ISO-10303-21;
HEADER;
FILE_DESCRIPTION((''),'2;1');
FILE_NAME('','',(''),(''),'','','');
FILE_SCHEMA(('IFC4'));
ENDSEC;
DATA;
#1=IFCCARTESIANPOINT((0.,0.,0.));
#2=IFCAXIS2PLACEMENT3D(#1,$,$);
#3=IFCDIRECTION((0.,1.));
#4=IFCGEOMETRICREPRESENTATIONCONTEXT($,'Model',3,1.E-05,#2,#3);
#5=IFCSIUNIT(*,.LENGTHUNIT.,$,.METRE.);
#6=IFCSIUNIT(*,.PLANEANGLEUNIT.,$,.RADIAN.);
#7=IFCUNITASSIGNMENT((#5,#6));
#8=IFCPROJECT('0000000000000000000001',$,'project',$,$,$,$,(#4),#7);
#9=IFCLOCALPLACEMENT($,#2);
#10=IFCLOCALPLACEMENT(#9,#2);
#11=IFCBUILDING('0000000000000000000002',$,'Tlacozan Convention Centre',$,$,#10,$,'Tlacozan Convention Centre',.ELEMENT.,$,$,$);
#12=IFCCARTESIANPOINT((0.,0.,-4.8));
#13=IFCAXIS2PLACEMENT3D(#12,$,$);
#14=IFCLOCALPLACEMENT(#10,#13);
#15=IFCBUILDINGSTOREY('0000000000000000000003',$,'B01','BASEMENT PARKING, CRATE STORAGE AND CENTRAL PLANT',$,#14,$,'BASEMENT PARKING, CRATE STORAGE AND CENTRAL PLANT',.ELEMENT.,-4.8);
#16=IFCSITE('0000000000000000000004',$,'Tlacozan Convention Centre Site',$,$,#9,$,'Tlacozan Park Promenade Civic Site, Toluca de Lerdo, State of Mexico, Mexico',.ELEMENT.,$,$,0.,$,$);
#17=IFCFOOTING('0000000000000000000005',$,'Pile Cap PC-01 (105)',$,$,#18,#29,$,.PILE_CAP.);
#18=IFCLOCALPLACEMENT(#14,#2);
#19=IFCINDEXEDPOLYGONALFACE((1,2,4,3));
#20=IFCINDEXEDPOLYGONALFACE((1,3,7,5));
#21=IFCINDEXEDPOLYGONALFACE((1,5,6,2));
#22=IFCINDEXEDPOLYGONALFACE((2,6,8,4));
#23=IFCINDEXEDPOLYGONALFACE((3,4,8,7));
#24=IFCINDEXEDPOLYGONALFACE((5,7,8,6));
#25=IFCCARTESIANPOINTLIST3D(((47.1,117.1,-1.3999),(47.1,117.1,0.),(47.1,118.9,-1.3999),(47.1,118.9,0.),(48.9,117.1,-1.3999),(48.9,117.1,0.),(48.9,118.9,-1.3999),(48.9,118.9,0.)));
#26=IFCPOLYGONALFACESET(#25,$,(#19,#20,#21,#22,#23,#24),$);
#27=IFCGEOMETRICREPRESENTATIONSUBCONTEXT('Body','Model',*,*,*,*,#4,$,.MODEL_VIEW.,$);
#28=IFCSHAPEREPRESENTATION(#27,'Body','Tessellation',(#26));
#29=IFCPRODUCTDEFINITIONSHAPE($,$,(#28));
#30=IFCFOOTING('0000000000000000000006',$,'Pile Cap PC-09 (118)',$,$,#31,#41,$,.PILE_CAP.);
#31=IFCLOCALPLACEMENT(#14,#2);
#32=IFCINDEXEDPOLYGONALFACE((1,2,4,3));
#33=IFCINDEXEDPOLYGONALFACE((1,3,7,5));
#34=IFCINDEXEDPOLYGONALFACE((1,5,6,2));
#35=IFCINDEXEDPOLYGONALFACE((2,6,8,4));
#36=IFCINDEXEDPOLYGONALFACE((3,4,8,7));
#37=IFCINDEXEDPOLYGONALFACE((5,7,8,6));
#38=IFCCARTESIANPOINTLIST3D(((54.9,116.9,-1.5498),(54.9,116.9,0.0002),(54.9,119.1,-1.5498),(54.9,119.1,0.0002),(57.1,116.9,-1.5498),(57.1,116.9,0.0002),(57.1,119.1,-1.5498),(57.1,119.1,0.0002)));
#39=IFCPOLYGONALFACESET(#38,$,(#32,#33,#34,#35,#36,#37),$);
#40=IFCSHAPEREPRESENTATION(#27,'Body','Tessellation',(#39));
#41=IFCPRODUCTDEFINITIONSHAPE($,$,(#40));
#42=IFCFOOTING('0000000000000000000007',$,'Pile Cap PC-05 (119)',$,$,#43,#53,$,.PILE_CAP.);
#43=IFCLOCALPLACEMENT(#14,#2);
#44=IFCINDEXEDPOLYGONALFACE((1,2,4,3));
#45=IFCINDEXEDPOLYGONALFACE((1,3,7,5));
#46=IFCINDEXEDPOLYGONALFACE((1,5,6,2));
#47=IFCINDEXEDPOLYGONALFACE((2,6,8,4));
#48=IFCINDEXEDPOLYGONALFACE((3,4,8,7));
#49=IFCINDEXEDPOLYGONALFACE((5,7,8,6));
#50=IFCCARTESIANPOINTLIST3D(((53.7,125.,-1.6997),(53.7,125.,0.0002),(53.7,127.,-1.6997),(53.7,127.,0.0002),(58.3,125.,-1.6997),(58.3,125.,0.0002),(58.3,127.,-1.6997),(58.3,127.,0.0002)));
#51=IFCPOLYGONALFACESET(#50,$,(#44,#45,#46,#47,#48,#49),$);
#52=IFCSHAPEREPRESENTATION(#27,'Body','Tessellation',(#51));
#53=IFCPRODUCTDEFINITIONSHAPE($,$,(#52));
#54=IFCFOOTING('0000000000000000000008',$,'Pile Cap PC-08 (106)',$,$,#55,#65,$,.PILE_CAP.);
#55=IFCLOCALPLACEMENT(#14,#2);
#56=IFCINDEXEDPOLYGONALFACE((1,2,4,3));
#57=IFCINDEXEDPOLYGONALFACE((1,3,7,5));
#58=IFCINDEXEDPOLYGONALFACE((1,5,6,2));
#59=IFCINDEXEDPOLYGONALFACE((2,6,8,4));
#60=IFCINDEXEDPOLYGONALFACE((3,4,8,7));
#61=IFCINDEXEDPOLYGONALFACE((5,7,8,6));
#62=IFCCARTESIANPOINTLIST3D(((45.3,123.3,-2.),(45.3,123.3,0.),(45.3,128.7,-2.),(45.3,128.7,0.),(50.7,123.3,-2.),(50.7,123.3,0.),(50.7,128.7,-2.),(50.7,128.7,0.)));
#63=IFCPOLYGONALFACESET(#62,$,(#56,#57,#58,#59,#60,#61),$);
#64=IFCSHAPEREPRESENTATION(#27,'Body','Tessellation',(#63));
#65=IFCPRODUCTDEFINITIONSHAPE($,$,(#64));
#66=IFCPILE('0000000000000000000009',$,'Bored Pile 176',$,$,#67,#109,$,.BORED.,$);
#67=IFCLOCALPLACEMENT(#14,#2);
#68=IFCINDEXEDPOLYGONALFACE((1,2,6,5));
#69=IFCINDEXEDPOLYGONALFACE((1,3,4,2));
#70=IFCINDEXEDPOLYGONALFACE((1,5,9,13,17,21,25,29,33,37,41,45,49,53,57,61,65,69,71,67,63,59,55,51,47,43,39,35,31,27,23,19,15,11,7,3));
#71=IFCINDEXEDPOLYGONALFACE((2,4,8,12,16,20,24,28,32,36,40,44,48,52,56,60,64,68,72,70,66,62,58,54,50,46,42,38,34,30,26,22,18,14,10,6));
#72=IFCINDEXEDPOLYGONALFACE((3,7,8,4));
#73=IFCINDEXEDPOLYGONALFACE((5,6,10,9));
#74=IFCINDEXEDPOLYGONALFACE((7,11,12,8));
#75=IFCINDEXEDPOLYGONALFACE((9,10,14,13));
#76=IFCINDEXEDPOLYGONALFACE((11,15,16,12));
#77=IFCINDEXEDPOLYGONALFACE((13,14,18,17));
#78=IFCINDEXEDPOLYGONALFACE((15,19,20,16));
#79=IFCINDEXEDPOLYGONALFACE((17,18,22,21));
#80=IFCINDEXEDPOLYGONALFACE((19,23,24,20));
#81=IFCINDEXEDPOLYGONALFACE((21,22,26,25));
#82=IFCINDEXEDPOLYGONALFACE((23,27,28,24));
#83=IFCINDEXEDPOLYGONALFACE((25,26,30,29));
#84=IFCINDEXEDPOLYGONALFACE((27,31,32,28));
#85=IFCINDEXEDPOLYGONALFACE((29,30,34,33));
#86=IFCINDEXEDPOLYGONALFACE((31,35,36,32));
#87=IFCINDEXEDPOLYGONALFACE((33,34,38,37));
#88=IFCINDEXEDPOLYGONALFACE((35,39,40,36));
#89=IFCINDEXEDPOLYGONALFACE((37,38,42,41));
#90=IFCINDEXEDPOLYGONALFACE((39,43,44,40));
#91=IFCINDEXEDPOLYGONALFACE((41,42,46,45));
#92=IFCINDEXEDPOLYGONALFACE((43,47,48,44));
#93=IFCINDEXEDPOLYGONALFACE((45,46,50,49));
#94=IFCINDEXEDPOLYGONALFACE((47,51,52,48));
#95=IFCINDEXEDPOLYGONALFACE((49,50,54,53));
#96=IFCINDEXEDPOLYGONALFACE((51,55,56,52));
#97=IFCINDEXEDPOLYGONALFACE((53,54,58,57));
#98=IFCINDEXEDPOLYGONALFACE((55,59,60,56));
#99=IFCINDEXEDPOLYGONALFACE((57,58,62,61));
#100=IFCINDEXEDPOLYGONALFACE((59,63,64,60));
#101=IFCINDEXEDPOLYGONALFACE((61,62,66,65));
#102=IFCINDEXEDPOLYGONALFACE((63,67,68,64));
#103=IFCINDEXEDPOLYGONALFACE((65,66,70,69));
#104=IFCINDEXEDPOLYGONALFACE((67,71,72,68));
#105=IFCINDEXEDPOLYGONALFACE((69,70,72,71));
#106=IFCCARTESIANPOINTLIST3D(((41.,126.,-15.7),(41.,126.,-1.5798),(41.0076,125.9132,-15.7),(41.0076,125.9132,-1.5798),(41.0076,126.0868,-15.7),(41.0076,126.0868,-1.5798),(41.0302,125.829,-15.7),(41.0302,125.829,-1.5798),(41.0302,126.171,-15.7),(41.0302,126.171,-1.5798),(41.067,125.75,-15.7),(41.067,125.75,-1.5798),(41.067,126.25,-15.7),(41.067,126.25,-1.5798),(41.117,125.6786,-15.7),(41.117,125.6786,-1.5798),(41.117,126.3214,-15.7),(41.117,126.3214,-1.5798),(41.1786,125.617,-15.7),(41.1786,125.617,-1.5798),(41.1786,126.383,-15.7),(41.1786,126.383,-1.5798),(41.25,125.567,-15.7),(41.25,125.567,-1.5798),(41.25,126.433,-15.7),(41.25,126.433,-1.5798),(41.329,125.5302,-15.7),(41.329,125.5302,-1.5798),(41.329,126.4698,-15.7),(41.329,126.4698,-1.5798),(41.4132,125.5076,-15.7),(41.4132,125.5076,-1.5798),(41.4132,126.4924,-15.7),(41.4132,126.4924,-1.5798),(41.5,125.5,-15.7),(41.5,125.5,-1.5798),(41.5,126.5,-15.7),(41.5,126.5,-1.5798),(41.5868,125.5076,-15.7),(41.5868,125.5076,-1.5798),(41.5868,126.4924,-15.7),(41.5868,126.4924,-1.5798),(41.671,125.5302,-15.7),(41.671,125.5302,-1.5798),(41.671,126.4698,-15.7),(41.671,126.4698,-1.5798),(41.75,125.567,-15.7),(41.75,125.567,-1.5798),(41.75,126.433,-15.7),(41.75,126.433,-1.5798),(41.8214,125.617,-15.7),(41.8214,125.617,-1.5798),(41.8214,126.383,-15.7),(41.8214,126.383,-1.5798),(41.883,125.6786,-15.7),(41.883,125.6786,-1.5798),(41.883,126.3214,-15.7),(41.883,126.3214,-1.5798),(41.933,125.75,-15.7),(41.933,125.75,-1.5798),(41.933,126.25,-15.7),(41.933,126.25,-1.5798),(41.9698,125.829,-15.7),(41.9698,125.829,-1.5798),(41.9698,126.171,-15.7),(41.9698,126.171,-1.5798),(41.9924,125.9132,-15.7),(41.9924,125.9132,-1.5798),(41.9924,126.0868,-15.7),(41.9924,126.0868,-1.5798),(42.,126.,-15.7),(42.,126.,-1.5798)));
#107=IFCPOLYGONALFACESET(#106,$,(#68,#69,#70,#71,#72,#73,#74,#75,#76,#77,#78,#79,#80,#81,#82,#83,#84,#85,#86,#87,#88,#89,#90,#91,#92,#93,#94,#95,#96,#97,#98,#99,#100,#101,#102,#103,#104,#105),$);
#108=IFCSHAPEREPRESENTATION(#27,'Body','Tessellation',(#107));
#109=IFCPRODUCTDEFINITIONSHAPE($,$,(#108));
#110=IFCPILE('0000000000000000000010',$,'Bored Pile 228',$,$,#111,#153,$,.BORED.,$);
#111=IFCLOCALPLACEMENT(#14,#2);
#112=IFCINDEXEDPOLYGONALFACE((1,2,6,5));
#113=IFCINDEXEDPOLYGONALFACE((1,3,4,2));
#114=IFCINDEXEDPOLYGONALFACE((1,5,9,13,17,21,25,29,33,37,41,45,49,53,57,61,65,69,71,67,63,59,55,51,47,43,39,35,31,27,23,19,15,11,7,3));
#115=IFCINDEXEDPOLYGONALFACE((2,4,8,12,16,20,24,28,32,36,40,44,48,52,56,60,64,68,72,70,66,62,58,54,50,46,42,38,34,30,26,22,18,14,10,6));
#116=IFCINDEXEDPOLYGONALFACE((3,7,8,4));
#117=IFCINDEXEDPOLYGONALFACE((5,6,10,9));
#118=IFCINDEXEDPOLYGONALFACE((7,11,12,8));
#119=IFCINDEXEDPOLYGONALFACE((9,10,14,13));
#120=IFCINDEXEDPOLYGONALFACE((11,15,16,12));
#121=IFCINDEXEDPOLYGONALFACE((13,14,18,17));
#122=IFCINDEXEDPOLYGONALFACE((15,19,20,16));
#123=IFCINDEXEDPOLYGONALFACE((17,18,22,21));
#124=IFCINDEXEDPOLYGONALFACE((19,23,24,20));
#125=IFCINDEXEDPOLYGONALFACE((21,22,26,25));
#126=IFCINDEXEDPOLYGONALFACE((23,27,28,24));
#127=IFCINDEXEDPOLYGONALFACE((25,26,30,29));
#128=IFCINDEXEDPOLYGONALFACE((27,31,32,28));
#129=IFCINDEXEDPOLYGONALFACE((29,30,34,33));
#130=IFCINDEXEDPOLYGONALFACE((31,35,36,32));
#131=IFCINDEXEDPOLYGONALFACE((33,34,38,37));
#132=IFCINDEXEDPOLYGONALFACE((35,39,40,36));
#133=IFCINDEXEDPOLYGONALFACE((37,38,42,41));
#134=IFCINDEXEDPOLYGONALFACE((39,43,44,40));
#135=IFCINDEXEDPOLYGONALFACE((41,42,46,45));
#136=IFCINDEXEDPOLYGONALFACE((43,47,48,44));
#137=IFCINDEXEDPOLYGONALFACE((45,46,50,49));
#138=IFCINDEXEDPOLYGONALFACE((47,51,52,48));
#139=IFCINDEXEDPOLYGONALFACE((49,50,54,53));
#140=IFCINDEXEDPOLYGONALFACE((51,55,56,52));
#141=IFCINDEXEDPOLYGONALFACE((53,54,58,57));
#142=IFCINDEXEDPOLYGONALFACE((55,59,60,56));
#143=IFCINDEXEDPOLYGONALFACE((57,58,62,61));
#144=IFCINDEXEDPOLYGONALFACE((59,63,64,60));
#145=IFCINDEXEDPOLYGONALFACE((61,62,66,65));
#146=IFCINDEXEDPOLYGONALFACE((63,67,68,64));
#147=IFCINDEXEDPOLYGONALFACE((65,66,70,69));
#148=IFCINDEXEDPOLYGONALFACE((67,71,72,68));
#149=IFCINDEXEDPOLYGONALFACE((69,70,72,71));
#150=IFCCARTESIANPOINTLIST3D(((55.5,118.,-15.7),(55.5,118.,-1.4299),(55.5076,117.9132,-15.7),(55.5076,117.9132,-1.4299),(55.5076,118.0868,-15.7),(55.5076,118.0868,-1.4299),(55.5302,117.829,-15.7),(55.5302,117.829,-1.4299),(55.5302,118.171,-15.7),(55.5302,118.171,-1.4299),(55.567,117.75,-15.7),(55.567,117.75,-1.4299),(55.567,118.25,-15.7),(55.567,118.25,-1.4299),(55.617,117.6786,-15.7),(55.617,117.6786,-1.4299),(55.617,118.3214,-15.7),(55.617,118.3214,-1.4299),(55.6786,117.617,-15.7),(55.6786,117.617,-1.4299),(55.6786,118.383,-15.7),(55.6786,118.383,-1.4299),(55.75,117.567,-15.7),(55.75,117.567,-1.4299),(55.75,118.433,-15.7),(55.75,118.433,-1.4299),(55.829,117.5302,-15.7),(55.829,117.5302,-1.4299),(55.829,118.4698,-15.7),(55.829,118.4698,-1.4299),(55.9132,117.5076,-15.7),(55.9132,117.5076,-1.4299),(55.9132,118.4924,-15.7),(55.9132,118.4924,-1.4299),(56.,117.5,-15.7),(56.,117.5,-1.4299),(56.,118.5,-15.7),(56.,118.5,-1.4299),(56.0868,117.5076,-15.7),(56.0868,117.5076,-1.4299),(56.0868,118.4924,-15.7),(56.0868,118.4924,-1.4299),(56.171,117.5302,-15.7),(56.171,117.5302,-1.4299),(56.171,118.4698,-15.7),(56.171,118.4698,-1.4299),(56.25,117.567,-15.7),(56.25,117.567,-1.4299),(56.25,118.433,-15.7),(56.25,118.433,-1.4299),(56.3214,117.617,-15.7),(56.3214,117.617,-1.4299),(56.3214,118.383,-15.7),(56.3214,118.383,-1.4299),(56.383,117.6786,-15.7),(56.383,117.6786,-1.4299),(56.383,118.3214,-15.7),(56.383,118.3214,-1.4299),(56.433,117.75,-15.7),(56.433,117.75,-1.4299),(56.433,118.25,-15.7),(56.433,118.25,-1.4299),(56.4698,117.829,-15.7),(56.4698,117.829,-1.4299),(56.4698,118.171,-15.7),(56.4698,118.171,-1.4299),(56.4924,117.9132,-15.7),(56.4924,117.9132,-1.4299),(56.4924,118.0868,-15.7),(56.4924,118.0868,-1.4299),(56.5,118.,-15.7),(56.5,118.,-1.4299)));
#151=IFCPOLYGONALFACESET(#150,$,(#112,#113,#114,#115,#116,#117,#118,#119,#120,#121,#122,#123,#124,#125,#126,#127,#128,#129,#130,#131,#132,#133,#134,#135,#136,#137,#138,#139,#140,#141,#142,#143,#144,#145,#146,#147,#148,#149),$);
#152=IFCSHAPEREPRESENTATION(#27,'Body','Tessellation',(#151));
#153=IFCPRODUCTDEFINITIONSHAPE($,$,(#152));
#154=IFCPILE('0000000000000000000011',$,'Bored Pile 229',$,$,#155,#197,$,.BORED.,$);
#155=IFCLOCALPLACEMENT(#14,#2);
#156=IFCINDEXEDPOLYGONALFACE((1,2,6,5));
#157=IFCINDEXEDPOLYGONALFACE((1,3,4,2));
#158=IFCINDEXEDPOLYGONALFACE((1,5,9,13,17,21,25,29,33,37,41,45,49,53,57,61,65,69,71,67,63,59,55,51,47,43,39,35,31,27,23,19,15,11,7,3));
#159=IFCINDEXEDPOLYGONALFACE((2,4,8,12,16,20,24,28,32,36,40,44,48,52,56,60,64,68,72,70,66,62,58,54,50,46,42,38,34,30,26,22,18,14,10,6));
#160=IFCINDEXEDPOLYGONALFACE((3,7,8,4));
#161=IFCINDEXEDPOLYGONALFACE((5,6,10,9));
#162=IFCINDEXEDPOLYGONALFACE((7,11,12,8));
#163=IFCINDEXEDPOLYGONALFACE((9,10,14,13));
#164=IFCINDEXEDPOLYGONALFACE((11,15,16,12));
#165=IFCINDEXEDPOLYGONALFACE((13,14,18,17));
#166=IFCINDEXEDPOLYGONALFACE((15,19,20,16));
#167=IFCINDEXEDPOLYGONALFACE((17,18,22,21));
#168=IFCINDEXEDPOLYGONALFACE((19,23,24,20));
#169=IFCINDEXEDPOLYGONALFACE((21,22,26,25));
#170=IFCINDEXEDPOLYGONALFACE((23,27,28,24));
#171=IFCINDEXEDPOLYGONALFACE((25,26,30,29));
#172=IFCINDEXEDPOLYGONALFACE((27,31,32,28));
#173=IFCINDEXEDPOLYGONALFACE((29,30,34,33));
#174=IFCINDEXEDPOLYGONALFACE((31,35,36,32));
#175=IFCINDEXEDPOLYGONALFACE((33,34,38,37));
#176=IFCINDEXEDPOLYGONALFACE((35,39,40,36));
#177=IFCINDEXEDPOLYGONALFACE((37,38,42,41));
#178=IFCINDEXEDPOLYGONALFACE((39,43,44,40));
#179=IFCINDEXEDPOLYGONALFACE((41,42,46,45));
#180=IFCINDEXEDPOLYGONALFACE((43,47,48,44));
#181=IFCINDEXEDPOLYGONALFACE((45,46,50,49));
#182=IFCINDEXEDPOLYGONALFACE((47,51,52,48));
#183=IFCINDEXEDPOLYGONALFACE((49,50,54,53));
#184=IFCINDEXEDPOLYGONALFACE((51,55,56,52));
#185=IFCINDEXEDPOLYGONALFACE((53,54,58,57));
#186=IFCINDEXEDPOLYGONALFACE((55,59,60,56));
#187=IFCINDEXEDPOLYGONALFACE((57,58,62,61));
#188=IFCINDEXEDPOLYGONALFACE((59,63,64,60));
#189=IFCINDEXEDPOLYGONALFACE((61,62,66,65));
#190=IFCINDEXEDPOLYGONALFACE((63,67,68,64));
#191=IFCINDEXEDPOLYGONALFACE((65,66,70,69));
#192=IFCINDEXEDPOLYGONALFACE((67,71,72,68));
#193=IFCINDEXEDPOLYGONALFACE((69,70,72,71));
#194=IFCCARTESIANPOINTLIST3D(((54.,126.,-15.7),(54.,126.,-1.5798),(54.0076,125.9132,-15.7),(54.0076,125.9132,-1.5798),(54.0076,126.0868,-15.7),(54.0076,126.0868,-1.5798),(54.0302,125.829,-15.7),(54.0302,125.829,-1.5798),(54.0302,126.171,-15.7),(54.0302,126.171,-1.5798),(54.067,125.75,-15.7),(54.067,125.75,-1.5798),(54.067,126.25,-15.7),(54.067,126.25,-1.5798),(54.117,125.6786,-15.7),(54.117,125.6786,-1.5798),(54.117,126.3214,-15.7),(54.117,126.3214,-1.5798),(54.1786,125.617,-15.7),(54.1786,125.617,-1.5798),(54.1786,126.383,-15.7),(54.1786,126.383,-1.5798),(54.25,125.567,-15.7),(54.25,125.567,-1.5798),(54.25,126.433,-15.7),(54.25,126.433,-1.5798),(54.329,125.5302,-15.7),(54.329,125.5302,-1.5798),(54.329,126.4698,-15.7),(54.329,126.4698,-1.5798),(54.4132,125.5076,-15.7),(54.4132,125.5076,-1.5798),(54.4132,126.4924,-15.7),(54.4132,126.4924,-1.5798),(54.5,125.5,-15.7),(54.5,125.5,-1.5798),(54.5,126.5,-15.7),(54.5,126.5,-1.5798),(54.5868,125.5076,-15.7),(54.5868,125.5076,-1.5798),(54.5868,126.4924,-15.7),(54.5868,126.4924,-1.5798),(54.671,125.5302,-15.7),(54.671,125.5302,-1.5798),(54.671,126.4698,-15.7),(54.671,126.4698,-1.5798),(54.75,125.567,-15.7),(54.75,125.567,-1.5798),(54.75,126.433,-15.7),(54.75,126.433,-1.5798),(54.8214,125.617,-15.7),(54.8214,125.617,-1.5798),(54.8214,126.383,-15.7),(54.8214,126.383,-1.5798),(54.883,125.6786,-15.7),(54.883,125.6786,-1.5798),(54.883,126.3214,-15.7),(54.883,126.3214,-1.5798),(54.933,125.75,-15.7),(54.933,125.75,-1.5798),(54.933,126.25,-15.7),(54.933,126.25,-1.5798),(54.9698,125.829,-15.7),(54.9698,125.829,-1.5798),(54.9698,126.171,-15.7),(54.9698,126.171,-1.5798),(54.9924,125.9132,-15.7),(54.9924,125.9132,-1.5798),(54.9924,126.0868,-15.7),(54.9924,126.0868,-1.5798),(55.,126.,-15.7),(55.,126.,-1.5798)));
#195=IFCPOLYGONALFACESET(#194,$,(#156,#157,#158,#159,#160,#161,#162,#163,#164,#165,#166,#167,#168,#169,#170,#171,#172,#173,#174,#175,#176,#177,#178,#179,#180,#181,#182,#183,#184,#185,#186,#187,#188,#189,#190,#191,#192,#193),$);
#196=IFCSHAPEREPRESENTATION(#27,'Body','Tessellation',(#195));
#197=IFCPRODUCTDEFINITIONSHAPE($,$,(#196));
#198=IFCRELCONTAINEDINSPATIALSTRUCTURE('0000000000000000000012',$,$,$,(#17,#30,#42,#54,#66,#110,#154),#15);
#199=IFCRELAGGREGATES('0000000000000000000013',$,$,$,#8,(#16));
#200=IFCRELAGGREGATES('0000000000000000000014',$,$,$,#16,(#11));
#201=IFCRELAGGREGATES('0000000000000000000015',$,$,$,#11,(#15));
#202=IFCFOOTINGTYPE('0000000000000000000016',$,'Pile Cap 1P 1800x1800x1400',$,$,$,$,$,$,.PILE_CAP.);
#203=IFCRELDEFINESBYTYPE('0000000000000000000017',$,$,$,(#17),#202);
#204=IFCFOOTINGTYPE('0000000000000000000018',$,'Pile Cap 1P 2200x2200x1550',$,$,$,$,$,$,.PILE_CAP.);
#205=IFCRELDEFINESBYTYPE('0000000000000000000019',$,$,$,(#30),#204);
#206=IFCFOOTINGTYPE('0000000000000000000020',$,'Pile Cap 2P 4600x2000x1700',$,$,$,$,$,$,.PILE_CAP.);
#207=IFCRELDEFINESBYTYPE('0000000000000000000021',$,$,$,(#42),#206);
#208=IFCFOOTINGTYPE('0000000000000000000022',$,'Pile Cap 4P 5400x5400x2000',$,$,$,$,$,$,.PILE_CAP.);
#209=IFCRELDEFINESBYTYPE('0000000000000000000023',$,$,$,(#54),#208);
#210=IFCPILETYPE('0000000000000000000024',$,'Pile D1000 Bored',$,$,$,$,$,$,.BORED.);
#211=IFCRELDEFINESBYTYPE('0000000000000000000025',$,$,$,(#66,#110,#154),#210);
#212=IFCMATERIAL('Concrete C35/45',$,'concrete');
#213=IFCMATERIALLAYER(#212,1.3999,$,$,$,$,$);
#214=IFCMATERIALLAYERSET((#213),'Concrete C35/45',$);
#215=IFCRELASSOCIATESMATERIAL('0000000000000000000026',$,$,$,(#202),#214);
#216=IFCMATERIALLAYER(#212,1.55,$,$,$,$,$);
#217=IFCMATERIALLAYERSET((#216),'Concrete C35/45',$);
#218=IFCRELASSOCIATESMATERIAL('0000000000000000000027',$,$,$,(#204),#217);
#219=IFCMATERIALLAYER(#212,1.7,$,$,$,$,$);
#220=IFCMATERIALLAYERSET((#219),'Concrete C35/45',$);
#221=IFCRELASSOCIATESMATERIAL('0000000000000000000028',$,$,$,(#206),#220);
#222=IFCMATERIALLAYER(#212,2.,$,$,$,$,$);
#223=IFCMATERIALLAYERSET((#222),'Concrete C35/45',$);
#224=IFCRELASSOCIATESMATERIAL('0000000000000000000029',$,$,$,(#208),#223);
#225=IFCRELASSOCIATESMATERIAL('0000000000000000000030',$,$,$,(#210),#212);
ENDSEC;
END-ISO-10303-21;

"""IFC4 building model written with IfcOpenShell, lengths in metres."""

from ifc_helpers import new_model, si_unit, direction, frame, origin, origin_2d, place, context, subcontext, project, spatial, rectangle, circle, extrude, material, layer, layer_set, material_profile, profile_set, type_object, element, save


model = new_model("IFC4")

# Units and contexts
model_context = context("Model", 3, precision=1e-05, world=origin(), true_north=direction((0.0, 1.0)))
body_context = subcontext(model_context, "Body", "Model", "MODEL_VIEW")
ifc_project = project(units=[si_unit("LENGTHUNIT", "METRE"), si_unit("PLANEANGLEUNIT", "RADIAN")], contexts=[model_context])

# Site, building, storey
site_placement = place(None, origin())
site = spatial("IfcSite", under=ifc_project, at=site_placement, Name="Tlacozan Convention Centre Site", LongName="Tlacozan Park Promenade Civic Site, Toluca de Lerdo, State of Mexico, Mexico", CompositionType="ELEMENT", RefElevation=0.0)
building_placement = place(site_placement, origin())
building = spatial("IfcBuilding", under=site, at=building_placement, Name="Tlacozan Convention Centre", LongName="Tlacozan Convention Centre", CompositionType="ELEMENT")
storey_placement = place(building_placement, frame((0.0, 0.0, -4.8)))
storey = spatial("IfcBuildingStorey", under=building, at=storey_placement, Name="B01", Description="BASEMENT PARKING, CRATE STORAGE AND CENTRAL PLANT", LongName="BASEMENT PARKING, CRATE STORAGE AND CENTRAL PLANT", CompositionType="ELEMENT", Elevation=-4.8)

# Footings
ifc_material_1 = material(Name="Concrete C35/45", Category="concrete")
ifc_layer_1 = layer(ifc_material_1, 1.3999)
ifc_layer_set_1 = layer_set([ifc_layer_1], Name="Concrete C35/45")
footing_type_1 = type_object("IfcFootingType", Name="Pile Cap 1P 1800x1800x1400", PredefinedType="PILE_CAP", material=ifc_layer_set_1)
footing_1_placement = place(storey_placement, frame((48.0, 118.0, -1.3999), z_axis=(0.0, 0.0, 1.0), x_axis=(1.0, 0.0, 0.0)))
element("IfcFooting", 1, at=footing_1_placement, inside=storey, type_object=footing_type_1, Name="Pile Cap PC-01 (105)", PredefinedType="PILE_CAP", context=body_context, shape_type="SweptSolid", body=[
    extrude(rectangle(XDim=1.8, YDim=1.8, at=origin_2d()), origin(), (0.0, 0.0, 1.0), 1.3999),
])
ifc_layer_2 = layer(ifc_material_1, 1.55)
ifc_layer_set_2 = layer_set([ifc_layer_2], Name="Concrete C35/45")
footing_type_2 = type_object("IfcFootingType", Name="Pile Cap 1P 2200x2200x1550", PredefinedType="PILE_CAP", material=ifc_layer_set_2)
footing_2_placement = place(storey_placement, frame((56.0, 118.0, -1.5498), z_axis=(0.0, 0.0, 1.0), x_axis=(1.0, 0.0, 0.0)))
element("IfcFooting", 2, at=footing_2_placement, inside=storey, type_object=footing_type_2, Name="Pile Cap PC-09 (118)", PredefinedType="PILE_CAP", context=body_context, shape_type="SweptSolid", body=[
    extrude(rectangle(XDim=2.2, YDim=2.2, at=origin_2d()), origin(), (0.0, 0.0, 1.0), 1.55),
])
ifc_layer_3 = layer(ifc_material_1, 1.7)
ifc_layer_set_3 = layer_set([ifc_layer_3], Name="Concrete C35/45")
footing_type_3 = type_object("IfcFootingType", Name="Pile Cap 2P 4600x2000x1700", PredefinedType="PILE_CAP", material=ifc_layer_set_3)
footing_3_placement = place(storey_placement, frame((56.0, 126.0, -1.6997), z_axis=(0.0, 0.0, 1.0), x_axis=(1.0, 0.0, 0.0)))
element("IfcFooting", 3, at=footing_3_placement, inside=storey, type_object=footing_type_3, Name="Pile Cap PC-05 (119)", PredefinedType="PILE_CAP", context=body_context, shape_type="SweptSolid", body=[
    extrude(rectangle(XDim=4.6001, YDim=2.0, at=origin_2d()), origin(), (0.0, 0.0, 1.0), 1.7),
])
ifc_layer_4 = layer(ifc_material_1, 2.0)
ifc_layer_set_4 = layer_set([ifc_layer_4], Name="Concrete C35/45")
footing_type_4 = type_object("IfcFootingType", Name="Pile Cap 4P 5400x5400x2000", PredefinedType="PILE_CAP", material=ifc_layer_set_4)
footing_4_placement = place(storey_placement, frame((48.0, 126.0, -2.0), z_axis=(0.0, 0.0, 1.0), x_axis=(1.0, 0.0, 0.0)))
element("IfcFooting", 4, at=footing_4_placement, inside=storey, type_object=footing_type_4, Name="Pile Cap PC-08 (106)", PredefinedType="PILE_CAP", context=body_context, shape_type="SweptSolid", body=[
    extrude(rectangle(XDim=5.3999, YDim=5.3999, at=origin_2d()), origin(), (0.0, 0.0, 1.0), 2.0),
])

# Piles
ifc_material_profile_1 = material_profile(ifc_material_1, circle(Radius=0.5, at=origin_2d()), Name="PILE D1000")
ifc_profile_set_1 = profile_set([ifc_material_profile_1], Name="Concrete C35/45")
pile_type_1 = type_object("IfcPileType", Name="Pile D1000 Bored", PredefinedType="BORED", material=ifc_profile_set_1)
pile_1_placement = place(storey_placement, frame((41.5, 126.0, -1.5798), z_axis=(0.0, 0.0, -1.0), x_axis=(1.0, 0.0, 0.0)))
element("IfcPile", 5, at=pile_1_placement, inside=storey, type_object=pile_type_1, Name="Bored Pile 176", PredefinedType="BORED", context=body_context, shape_type="SweptSolid", body=[
    extrude(circle(Radius=0.5, at=origin_2d()), origin(), (0.0, 0.0, 1.0), 14.1201),
])
pile_2_placement = place(storey_placement, frame((56.0, 118.0, -1.4299), z_axis=(0.0, 0.0, -1.0), x_axis=(1.0, 0.0, 0.0)))
element("IfcPile", 6, at=pile_2_placement, inside=storey, type_object=pile_type_1, Name="Bored Pile 228", PredefinedType="BORED", context=body_context, shape_type="SweptSolid", body=[
    extrude(circle(Radius=0.5, at=origin_2d()), origin(), (0.0, 0.0, 1.0), 14.27),
])
pile_3_placement = place(storey_placement, frame((54.5, 126.0, -1.5798), z_axis=(0.0, 0.0, -1.0), x_axis=(1.0, 0.0, 0.0)))
element("IfcPile", 7, at=pile_3_placement, inside=storey, type_object=pile_type_1, Name="Bored Pile 229", PredefinedType="BORED", context=body_context, shape_type="SweptSolid", body=[
    extrude(circle(Radius=0.5, at=origin_2d()), origin(), (0.0, 0.0, 1.0), 14.1201),
])

save(model, "model.ifc")
